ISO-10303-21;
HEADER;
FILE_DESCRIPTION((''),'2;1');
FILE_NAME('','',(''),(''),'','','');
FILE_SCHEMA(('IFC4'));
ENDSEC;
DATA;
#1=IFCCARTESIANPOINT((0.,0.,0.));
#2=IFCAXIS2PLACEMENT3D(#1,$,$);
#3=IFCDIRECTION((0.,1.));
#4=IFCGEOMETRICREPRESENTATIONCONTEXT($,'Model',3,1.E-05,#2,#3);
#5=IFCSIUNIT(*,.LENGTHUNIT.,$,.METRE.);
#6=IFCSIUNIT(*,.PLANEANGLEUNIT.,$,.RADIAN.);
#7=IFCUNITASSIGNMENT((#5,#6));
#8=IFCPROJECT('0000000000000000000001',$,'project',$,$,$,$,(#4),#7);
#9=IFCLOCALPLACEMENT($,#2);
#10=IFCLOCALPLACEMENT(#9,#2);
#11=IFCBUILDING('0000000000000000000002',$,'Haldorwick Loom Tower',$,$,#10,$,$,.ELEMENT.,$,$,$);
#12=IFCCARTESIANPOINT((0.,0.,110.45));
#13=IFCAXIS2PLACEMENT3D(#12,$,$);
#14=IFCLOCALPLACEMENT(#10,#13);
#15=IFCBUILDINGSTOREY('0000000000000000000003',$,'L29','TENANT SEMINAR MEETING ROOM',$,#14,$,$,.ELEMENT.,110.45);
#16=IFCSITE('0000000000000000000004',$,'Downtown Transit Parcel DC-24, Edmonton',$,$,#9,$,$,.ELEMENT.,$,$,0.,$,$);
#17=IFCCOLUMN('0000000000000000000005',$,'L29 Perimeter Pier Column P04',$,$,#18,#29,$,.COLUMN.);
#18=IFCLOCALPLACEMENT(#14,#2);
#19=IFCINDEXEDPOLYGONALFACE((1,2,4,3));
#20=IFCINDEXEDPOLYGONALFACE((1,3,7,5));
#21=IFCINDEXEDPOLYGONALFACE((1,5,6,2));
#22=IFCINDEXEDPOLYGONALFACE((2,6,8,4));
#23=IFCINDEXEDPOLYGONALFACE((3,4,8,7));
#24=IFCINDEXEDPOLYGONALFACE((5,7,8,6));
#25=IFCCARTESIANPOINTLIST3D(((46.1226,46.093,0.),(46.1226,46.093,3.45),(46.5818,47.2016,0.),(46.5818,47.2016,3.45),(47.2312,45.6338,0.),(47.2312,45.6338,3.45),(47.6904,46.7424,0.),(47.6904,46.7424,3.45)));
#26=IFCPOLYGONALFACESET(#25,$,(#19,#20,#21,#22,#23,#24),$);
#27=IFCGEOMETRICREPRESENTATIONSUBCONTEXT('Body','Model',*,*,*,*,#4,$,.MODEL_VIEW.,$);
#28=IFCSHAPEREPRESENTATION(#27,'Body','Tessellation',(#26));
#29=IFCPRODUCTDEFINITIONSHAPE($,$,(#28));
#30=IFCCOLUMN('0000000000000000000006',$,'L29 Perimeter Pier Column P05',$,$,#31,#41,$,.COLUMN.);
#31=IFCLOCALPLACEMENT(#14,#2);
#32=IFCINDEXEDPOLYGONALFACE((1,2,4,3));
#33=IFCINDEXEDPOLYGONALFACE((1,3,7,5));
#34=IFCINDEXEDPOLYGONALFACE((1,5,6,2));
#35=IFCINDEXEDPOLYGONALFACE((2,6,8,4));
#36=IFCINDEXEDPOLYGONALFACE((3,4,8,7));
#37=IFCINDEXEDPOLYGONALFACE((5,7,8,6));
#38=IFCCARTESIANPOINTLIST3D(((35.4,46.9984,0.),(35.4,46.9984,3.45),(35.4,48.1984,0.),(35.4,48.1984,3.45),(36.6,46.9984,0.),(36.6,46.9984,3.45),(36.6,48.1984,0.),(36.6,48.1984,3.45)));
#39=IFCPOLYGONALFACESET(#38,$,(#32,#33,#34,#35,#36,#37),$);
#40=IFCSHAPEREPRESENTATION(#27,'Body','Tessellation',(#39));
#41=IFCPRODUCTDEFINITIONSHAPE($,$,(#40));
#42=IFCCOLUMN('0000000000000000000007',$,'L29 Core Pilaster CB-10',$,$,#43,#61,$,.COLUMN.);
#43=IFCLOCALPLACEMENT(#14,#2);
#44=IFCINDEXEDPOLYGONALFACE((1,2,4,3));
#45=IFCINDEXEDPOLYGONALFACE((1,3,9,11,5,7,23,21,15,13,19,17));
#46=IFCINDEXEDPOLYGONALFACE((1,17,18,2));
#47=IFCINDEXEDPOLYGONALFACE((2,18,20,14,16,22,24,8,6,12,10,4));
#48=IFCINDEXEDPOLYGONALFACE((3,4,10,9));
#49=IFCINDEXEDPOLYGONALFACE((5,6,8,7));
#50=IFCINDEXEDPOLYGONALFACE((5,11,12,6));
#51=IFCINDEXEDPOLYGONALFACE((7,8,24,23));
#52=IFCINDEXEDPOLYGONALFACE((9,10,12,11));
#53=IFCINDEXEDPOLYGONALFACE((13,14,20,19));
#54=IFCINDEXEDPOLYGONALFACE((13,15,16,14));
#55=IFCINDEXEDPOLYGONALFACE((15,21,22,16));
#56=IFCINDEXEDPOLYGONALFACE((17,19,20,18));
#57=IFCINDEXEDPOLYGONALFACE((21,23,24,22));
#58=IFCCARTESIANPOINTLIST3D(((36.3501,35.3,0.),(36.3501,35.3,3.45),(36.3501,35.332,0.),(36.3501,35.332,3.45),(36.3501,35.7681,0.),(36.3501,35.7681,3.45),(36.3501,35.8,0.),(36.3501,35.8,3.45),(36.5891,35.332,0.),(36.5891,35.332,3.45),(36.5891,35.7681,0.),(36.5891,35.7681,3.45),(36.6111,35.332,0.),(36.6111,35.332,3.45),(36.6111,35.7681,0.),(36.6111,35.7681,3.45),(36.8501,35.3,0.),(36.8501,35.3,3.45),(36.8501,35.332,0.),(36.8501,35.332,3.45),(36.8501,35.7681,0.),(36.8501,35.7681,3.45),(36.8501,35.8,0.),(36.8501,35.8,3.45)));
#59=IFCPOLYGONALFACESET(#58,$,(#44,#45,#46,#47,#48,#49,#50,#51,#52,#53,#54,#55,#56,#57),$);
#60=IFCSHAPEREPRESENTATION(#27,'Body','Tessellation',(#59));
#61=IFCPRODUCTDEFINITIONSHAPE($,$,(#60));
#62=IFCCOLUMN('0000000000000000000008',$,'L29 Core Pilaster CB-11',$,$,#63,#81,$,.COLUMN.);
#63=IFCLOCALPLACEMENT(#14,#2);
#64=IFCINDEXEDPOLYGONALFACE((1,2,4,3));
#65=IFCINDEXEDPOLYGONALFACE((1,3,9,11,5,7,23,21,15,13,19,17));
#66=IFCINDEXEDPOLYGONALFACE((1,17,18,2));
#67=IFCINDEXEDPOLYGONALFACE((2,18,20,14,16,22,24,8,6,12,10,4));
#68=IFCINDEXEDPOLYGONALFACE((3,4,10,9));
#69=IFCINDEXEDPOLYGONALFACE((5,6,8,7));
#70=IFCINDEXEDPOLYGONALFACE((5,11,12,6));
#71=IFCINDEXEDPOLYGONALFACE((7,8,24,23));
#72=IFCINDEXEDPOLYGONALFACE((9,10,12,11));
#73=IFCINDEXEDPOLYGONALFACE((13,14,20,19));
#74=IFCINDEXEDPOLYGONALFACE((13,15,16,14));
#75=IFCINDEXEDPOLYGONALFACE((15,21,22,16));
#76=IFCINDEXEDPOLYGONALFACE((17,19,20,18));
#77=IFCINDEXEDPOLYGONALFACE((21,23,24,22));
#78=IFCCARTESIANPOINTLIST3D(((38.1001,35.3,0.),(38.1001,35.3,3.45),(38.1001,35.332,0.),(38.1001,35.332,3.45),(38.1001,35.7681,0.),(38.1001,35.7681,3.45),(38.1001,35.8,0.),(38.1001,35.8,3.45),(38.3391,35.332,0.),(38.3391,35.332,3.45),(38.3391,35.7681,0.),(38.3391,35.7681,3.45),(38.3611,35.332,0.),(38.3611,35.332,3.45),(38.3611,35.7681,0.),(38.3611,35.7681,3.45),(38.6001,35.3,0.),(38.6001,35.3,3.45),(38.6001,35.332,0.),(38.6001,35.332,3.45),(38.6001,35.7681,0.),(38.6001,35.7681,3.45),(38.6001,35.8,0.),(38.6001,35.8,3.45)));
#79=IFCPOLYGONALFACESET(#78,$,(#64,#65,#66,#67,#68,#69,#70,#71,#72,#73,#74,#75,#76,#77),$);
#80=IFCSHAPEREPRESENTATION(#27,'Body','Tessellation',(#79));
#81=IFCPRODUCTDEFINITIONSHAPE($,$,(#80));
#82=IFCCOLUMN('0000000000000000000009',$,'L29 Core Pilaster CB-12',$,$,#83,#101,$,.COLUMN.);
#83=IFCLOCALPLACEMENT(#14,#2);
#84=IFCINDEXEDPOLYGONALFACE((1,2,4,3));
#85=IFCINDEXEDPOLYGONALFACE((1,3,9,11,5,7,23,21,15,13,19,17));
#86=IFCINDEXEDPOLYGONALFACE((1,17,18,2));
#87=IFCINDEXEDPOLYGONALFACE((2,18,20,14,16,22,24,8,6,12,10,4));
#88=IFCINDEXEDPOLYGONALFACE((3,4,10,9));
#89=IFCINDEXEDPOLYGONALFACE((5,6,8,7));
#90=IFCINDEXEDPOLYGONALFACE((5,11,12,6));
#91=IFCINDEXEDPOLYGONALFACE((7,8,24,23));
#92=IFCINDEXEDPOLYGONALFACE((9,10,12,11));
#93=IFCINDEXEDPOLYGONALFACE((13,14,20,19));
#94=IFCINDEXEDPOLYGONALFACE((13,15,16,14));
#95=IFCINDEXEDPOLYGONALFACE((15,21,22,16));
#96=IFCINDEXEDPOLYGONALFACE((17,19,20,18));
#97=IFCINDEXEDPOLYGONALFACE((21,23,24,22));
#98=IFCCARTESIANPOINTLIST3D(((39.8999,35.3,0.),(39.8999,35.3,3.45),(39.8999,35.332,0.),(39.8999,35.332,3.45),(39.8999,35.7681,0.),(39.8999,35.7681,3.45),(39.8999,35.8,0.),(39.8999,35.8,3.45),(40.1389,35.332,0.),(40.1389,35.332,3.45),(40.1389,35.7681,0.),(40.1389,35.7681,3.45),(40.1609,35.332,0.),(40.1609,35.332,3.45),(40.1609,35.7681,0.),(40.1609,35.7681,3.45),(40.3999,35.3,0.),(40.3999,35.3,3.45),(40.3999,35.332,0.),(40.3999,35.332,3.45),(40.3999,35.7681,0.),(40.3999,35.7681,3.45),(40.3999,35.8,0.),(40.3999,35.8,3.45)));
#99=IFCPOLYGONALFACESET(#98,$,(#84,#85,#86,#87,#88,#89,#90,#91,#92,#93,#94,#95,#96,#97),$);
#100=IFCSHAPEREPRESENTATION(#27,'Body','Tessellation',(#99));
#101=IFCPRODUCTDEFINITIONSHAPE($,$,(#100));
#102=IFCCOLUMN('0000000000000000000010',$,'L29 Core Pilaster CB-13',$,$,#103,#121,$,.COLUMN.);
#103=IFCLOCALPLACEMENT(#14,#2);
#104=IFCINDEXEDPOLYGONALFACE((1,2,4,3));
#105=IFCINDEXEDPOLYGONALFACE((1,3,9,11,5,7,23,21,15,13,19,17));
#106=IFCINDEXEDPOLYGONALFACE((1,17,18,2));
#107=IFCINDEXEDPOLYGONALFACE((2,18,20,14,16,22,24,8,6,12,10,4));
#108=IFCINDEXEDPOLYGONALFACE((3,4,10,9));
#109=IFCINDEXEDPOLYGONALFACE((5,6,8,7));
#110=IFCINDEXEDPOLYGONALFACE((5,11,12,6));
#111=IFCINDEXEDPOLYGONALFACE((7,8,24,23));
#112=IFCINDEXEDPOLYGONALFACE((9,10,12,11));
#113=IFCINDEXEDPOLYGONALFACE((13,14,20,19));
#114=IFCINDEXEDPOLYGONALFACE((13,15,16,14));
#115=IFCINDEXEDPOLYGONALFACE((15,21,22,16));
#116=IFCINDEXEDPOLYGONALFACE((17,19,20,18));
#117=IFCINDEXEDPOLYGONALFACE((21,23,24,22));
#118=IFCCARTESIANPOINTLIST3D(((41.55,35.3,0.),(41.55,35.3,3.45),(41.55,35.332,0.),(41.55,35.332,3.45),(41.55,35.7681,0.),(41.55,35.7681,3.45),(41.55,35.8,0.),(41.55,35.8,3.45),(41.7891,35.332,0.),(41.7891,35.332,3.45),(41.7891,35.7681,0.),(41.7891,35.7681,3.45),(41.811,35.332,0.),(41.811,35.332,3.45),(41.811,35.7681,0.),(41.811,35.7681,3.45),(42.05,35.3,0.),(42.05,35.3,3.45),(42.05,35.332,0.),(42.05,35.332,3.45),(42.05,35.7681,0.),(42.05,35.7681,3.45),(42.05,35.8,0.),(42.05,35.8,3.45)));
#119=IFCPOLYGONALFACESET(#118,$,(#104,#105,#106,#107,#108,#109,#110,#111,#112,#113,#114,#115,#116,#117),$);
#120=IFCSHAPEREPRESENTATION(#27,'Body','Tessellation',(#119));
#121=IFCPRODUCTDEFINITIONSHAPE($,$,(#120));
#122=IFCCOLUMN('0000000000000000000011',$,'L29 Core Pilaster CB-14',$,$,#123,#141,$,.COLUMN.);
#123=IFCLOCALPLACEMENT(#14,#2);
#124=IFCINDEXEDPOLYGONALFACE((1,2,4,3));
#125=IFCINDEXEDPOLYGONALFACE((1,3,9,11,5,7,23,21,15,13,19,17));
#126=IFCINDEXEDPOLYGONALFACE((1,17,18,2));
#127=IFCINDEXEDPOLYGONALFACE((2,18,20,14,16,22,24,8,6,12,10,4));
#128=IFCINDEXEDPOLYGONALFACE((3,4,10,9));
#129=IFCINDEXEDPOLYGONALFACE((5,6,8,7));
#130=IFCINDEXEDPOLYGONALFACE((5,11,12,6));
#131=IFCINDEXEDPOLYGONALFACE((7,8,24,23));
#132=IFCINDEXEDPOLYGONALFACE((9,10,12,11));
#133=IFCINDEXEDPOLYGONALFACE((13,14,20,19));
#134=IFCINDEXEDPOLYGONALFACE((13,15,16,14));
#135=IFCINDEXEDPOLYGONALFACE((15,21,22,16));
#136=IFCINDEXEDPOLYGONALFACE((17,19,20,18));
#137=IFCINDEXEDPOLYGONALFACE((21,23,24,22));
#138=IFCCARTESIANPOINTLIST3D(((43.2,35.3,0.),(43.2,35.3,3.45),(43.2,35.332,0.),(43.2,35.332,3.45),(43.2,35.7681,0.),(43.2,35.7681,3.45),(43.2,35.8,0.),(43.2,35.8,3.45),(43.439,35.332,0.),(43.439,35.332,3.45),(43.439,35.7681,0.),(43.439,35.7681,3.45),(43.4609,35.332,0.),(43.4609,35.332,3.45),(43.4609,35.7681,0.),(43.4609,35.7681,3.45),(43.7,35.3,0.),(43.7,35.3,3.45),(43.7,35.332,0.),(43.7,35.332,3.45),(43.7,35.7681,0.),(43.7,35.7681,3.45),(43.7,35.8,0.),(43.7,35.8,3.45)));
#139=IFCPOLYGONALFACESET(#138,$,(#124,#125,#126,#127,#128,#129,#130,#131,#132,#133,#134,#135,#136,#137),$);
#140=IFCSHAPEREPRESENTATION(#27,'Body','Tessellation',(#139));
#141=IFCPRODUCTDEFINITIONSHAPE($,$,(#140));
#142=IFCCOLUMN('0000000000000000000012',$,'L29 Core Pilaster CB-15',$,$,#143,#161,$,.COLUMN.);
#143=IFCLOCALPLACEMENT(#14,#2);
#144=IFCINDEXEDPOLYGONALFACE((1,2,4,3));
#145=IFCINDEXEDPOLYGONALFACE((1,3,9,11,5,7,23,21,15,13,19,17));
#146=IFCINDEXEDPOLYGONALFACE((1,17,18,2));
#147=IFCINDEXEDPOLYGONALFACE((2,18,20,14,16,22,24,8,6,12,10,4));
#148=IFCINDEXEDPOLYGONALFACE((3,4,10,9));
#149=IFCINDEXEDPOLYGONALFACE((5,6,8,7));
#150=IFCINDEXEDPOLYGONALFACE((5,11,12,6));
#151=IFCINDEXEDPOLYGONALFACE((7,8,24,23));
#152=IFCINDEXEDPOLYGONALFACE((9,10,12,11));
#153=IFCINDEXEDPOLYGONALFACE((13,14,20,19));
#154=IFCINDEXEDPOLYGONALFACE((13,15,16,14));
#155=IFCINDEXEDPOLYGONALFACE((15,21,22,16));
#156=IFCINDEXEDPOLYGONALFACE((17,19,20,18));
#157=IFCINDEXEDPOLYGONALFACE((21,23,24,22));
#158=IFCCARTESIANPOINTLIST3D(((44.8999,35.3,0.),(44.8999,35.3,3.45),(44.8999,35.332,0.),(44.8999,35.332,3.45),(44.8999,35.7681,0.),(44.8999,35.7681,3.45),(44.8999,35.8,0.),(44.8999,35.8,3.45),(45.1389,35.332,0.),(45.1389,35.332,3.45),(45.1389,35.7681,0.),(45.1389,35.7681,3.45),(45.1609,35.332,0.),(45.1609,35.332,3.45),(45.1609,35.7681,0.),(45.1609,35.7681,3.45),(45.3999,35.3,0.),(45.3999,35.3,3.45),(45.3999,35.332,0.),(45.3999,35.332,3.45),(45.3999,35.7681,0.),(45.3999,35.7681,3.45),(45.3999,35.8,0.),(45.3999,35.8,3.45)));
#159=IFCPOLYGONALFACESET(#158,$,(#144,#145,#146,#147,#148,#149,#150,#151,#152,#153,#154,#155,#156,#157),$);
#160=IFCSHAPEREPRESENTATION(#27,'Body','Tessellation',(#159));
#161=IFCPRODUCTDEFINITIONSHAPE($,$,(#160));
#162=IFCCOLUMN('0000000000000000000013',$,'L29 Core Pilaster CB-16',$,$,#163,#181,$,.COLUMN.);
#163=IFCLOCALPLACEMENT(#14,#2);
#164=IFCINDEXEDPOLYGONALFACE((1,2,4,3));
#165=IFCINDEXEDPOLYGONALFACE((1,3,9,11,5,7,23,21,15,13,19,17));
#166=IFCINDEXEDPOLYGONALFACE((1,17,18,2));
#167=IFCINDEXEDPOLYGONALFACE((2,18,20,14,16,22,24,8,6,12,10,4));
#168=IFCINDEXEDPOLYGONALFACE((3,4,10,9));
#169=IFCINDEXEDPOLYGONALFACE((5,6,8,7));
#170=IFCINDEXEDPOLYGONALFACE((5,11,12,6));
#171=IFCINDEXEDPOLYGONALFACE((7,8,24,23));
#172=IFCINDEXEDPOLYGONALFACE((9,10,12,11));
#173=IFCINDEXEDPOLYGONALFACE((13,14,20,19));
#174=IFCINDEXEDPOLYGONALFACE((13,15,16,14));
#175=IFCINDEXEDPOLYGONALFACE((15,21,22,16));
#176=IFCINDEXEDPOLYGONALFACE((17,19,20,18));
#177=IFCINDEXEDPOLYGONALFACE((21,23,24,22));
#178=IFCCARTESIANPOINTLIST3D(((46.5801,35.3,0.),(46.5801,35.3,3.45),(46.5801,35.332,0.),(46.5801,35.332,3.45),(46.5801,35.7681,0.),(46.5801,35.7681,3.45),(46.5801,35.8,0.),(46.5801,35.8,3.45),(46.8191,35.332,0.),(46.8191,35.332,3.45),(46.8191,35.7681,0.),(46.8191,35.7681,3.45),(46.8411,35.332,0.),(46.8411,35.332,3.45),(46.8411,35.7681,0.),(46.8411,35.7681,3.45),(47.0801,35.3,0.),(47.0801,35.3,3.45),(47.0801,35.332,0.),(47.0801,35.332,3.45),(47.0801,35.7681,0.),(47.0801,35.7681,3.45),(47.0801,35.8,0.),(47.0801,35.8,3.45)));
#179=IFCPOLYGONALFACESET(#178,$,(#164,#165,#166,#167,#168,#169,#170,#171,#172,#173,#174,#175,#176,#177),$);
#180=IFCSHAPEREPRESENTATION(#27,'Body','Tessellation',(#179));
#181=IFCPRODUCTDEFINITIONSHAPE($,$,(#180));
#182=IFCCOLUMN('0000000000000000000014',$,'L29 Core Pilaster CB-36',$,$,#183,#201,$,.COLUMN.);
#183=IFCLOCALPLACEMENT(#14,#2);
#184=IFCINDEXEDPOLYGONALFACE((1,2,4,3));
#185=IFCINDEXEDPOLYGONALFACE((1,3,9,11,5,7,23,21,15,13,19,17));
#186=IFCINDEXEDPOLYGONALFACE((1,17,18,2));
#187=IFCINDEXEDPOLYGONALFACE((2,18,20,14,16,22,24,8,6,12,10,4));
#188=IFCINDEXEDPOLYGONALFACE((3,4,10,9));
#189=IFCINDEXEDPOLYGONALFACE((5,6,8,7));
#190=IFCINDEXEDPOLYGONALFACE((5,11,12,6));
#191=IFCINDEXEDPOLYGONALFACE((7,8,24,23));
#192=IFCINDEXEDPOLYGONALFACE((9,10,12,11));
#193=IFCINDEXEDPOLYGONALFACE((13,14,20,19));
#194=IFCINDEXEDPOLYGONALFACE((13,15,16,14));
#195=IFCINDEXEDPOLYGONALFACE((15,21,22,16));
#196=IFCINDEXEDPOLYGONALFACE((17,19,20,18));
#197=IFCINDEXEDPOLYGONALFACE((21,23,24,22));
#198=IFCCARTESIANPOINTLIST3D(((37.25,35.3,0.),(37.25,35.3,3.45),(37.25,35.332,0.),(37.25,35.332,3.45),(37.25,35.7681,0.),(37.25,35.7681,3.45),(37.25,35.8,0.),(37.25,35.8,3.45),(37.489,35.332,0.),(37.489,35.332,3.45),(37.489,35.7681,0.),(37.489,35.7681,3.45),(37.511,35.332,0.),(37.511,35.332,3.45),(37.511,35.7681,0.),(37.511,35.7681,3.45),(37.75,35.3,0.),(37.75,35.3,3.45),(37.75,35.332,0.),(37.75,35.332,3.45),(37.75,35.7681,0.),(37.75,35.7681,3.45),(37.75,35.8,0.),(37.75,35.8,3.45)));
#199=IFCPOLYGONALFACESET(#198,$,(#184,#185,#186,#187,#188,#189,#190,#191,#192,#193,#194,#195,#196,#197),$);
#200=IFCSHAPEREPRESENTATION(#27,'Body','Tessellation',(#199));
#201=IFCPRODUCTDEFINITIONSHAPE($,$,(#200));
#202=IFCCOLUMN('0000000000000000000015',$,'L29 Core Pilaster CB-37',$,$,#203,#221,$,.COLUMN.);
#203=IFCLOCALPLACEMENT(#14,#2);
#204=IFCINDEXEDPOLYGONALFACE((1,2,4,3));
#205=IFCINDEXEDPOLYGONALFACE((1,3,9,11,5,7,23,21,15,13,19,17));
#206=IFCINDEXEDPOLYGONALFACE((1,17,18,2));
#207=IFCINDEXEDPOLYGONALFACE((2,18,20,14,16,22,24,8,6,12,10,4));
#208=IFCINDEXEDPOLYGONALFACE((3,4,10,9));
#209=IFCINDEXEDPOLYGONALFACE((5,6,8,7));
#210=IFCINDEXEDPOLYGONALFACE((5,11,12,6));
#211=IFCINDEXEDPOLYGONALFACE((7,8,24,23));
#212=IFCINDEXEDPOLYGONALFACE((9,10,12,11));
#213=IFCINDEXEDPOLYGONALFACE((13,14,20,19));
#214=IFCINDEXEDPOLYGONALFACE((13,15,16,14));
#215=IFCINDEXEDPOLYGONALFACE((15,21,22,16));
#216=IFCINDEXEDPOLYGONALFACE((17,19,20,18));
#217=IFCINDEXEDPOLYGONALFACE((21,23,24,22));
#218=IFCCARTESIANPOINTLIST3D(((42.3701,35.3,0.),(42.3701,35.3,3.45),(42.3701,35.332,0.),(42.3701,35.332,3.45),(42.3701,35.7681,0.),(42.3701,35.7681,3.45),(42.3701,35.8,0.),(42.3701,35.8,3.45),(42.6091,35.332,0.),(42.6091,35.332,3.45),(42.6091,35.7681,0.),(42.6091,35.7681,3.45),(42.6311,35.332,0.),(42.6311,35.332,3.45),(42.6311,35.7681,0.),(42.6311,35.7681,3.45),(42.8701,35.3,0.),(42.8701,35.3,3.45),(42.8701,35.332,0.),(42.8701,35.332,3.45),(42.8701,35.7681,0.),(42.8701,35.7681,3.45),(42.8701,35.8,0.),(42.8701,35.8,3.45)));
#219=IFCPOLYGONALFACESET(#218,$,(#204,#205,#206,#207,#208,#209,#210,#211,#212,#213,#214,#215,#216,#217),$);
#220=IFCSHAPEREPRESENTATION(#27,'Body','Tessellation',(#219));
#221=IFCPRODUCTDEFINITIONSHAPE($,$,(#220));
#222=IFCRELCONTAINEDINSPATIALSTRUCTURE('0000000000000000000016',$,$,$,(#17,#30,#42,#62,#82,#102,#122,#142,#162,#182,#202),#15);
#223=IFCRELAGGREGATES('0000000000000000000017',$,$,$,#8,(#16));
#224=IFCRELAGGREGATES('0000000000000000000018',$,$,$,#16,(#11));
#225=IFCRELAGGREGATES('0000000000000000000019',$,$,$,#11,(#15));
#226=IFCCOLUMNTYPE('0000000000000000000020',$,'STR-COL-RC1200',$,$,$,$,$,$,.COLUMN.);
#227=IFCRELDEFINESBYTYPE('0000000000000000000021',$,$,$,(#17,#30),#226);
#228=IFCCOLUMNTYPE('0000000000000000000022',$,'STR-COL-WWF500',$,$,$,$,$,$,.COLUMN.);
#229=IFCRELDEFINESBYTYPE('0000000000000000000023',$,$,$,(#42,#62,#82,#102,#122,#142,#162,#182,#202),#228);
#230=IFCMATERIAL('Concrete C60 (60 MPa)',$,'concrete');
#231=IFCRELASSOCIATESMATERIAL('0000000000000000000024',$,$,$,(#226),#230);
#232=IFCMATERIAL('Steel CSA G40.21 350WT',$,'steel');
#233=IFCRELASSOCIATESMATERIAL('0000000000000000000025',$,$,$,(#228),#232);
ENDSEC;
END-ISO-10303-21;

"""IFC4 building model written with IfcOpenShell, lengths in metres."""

from ifc_helpers import new_model, si_unit, direction, frame, origin, origin_2d, place, context, subcontext, project, spatial, rectangle, i_section, extrude, material, material_profile, profile_set, type_object, element, save


model = new_model("IFC4")

# Units and contexts
model_context = context("Model", 3, precision=1e-05, world=origin(), true_north=direction((0.0, 1.0)))
body_context = subcontext(model_context, "Body", "Model", "MODEL_VIEW")
ifc_project = project(units=[si_unit("LENGTHUNIT", "METRE"), si_unit("PLANEANGLEUNIT", "RADIAN")], contexts=[model_context])

# Site, building, storey
site_placement = place(None, origin())
site = spatial("IfcSite", under=ifc_project, at=site_placement, Name="Downtown Transit Parcel DC-24, Edmonton", CompositionType="ELEMENT", RefElevation=0.0)
building_placement = place(site_placement, origin())
building = spatial("IfcBuilding", under=site, at=building_placement, Name="Haldorwick Loom Tower", CompositionType="ELEMENT")
storey_placement = place(building_placement, frame((0.0, 0.0, 110.45)))
storey = spatial("IfcBuildingStorey", under=building, at=storey_placement, Name="L29", Description="TENANT SEMINAR MEETING ROOM", CompositionType="ELEMENT", Elevation=110.45)

# Columns
ifc_material_1 = material(Name="Concrete C60 (60 MPa)", Category="concrete")
ifc_material_profile_1 = material_profile(ifc_material_1, rectangle(XDim=1.2, YDim=1.2, at=origin_2d()), Name="RC1200X1200", Category="concrete")
ifc_profile_set_1 = profile_set([ifc_material_profile_1], Name="Concrete C60 (60 MPa)")
column_type_1 = type_object("IfcColumnType", Name="STR-COL-RC1200", PredefinedType="COLUMN", material=ifc_profile_set_1)
for number, where, z_axis, x_axis, name in (
    (1, (46.9065, 46.4177, 0.0), (0.0, 0.0, 1.0), (0.382683, 0.92388, 0.0), "L29 Perimeter Pier Column P04"),
    (2, (36.0, 47.5984, 0.0), (0.0, 0.0, 1.0), (0.0, 1.0, 0.0), "L29 Perimeter Pier Column P05"),
):
    element("IfcColumn", number, at=place(storey_placement, frame(where, z_axis=z_axis, x_axis=x_axis)), inside=storey, type_object=column_type_1, Name=name, PredefinedType="COLUMN", context=body_context, shape_type="SweptSolid", body=[
        extrude(rectangle(XDim=1.2, YDim=1.2, at=origin_2d()), origin(), (0.0, 0.0, 1.0), 3.45),
    ])
ifc_material_2 = material(Name="Steel CSA G40.21 350WT", Category="steel")
ifc_material_profile_2 = material_profile(ifc_material_2, i_section(OverallWidth=0.5, OverallDepth=0.5, WebThickness=0.022, FlangeThickness=0.032, at=origin_2d()), Name="WWF500X500", Category="steel")
ifc_profile_set_2 = profile_set([ifc_material_profile_2], Name="Steel CSA G40.21 350WT")
column_type_2 = type_object("IfcColumnType", Name="STR-COL-WWF500", PredefinedType="COLUMN", material=ifc_profile_set_2)
for number, where, z_axis, x_axis, name in (
    (3, (36.6001, 35.55, 0.0), (0.0, 0.0, 1.0), (1.0, 0.0, 0.0), "L29 Core Pilaster CB-10"),
    (4, (38.3501, 35.55, 0.0), (0.0, 0.0, 1.0), (1.0, 0.0, 0.0), "L29 Core Pilaster CB-11"),
    (5, (40.1499, 35.55, 0.0), (0.0, 0.0, 1.0), (1.0, 0.0, 0.0), "L29 Core Pilaster CB-12"),
    (6, (41.8, 35.55, 0.0), (0.0, 0.0, 1.0), (1.0, 0.0, 0.0), "L29 Core Pilaster CB-13"),
    (7, (43.45, 35.55, 0.0), (0.0, 0.0, 1.0), (1.0, 0.0, 0.0), "L29 Core Pilaster CB-14"),
    (8, (45.1499, 35.55, 0.0), (0.0, 0.0, 1.0), (1.0, 0.0, 0.0), "L29 Core Pilaster CB-15"),
    (9, (46.8301, 35.55, 0.0), (0.0, 0.0, 1.0), (1.0, 0.0, 0.0), "L29 Core Pilaster CB-16"),
    (10, (37.5, 35.55, 0.0), (0.0, 0.0, 1.0), (1.0, 0.0, 0.0), "L29 Core Pilaster CB-36"),
    (11, (42.6201, 35.55, 0.0), (0.0, 0.0, 1.0), (1.0, 0.0, 0.0), "L29 Core Pilaster CB-37"),
):
    element("IfcColumn", number, at=place(storey_placement, frame(where, z_axis=z_axis, x_axis=x_axis)), inside=storey, type_object=column_type_2, Name=name, PredefinedType="COLUMN", context=body_context, shape_type="SweptSolid", body=[
        extrude(i_section(OverallWidth=0.5, OverallDepth=0.5, WebThickness=0.022, FlangeThickness=0.032, at=origin_2d()), origin(), (0.0, 0.0, 1.0), 3.45),
    ])

save(model, "model.ifc")
